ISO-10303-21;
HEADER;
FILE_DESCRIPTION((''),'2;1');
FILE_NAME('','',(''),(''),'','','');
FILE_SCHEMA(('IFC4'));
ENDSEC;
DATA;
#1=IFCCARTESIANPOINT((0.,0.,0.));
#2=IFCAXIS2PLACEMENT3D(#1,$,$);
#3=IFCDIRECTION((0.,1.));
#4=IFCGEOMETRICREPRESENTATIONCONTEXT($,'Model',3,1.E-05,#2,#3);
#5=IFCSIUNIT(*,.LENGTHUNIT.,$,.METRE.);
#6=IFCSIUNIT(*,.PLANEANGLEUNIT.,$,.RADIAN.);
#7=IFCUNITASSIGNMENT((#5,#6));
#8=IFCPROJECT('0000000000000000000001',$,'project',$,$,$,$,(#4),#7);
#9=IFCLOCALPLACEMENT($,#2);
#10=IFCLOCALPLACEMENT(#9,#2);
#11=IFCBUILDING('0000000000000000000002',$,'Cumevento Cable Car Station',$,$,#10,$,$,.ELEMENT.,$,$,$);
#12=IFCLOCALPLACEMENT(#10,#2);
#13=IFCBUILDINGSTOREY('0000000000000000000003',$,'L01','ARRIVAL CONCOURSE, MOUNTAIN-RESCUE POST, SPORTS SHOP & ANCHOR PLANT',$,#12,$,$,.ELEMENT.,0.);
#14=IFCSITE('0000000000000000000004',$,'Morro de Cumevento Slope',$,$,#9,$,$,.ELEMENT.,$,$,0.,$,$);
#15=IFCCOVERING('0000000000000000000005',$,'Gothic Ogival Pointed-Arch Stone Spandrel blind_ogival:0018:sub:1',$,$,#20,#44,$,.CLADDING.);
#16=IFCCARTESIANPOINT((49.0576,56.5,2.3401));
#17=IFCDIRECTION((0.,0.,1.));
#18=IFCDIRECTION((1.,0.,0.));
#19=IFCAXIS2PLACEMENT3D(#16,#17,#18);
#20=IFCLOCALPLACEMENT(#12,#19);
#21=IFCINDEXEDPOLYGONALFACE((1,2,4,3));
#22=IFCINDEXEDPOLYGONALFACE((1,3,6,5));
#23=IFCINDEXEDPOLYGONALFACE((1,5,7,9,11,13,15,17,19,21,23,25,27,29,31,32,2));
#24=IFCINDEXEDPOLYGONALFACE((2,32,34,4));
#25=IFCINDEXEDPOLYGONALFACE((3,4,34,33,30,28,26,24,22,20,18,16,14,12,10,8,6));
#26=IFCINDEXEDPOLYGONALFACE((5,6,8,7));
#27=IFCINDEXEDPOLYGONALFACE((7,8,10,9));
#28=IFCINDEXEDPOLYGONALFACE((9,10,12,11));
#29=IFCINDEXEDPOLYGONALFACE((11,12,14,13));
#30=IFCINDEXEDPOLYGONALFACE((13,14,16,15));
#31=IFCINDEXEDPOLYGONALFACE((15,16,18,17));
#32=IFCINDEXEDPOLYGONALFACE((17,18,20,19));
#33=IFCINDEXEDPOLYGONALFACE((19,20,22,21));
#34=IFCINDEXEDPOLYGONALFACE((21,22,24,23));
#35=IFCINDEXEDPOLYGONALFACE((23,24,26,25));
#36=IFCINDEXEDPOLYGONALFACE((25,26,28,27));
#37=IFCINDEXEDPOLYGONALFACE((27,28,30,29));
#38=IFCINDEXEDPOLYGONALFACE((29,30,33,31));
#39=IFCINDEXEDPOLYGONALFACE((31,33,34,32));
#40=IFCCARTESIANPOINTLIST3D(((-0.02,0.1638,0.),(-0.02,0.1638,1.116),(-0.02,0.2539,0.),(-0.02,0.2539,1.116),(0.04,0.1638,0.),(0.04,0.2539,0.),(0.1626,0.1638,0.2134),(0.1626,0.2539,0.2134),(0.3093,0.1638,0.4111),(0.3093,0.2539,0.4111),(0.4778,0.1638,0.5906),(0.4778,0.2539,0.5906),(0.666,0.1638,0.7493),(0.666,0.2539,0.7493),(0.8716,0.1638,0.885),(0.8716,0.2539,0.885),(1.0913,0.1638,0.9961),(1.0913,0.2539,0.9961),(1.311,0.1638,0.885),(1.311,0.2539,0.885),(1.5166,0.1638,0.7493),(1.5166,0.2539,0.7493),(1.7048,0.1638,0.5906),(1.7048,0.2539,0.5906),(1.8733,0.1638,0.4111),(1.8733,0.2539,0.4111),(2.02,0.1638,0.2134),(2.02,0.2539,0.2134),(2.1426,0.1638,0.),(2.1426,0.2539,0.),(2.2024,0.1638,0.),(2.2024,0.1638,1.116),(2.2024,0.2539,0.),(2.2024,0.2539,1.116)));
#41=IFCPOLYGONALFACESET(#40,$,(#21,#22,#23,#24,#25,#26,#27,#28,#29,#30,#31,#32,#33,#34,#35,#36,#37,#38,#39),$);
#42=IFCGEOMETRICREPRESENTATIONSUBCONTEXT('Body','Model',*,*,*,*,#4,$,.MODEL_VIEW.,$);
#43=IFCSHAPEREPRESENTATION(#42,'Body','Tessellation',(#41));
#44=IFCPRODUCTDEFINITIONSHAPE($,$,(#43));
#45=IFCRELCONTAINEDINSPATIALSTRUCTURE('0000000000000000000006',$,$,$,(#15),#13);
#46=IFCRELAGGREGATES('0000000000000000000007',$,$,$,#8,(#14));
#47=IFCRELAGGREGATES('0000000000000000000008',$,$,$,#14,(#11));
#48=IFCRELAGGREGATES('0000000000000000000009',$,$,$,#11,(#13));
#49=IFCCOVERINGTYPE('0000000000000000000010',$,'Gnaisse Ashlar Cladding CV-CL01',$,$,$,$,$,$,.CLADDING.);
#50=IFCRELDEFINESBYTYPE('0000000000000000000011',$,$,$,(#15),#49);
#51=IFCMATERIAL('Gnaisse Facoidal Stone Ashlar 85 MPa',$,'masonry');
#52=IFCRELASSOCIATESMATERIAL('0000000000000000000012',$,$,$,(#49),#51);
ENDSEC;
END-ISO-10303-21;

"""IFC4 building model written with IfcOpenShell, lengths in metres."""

from ifc_helpers import new_model, si_unit, direction, frame, origin, place, context, subcontext, project, spatial, polyline, outline, extrude, material, type_object, element, save


model = new_model("IFC4")

# Units and contexts
model_context = context("Model", 3, precision=1e-05, world=origin(), true_north=direction((0.0, 1.0)))
body_context = subcontext(model_context, "Body", "Model", "MODEL_VIEW")
ifc_project = project(units=[si_unit("LENGTHUNIT", "METRE"), si_unit("PLANEANGLEUNIT", "RADIAN")], contexts=[model_context])

# Site, building, storey
site_placement = place(None, origin())
site = spatial("IfcSite", under=ifc_project, at=site_placement, Name="Morro de Cumevento Slope", CompositionType="ELEMENT", RefElevation=0.0)
building_placement = place(site_placement, origin())
building = spatial("IfcBuilding", under=site, at=building_placement, Name="Cumevento Cable Car Station", CompositionType="ELEMENT")
storey_placement = place(building_placement, origin())
storey = spatial("IfcBuildingStorey", under=building, at=storey_placement, Name="L01", Description="ARRIVAL CONCOURSE, MOUNTAIN-RESCUE POST, SPORTS SHOP & ANCHOR PLANT", CompositionType="ELEMENT", Elevation=0.0)

# Covering
ifc_material_1 = material(Name="Gnaisse Facoidal Stone Ashlar 85 MPa", Category="masonry")
covering_type = type_object("IfcCoveringType", Name="Gnaisse Ashlar Cladding CV-CL01", PredefinedType="CLADDING", material=ifc_material_1)
for number, where, z_axis, x_axis, name in (
    (1, (49.0576, 56.5, 2.3401), (0.0, 0.0, 1.0), (1.0, 0.0, 0.0), "Gothic Ogival Pointed-Arch Stone Spandrel blind_ogival:0018:sub:1"),
):
    element("IfcCovering", number, at=place(storey_placement, frame(where, z_axis=z_axis, x_axis=x_axis)), inside=storey, type_object=covering_type, Name=name, PredefinedType="CLADDING", context=body_context, shape_type="SweptSolid", body=[
        extrude(outline(polyline([(-0.02, 0.0), (-0.02, 1.116), (2.2024, 1.116), (2.2024, 0.0), (2.1426, 0.0), (2.02, 0.2134), (1.8733, 0.4111), (1.7048, 0.5906), (1.5166, 0.7493), (1.311, 0.885), (1.0913, 0.9961), (0.8716, 0.885), (0.666, 0.7493), (0.4778, 0.5906), (0.3093, 0.4111), (0.1626, 0.2134), (0.04, 0.0), (-0.02, 0.0)])), frame((0.0, 0.2539, 0.0), z_axis=(0.0, -1.0, 0.0), x_axis=(1.0, 0.0, 0.0)), (0.0, 0.0, 1.0), 0.0901),
    ])

save(model, "model.ifc")
